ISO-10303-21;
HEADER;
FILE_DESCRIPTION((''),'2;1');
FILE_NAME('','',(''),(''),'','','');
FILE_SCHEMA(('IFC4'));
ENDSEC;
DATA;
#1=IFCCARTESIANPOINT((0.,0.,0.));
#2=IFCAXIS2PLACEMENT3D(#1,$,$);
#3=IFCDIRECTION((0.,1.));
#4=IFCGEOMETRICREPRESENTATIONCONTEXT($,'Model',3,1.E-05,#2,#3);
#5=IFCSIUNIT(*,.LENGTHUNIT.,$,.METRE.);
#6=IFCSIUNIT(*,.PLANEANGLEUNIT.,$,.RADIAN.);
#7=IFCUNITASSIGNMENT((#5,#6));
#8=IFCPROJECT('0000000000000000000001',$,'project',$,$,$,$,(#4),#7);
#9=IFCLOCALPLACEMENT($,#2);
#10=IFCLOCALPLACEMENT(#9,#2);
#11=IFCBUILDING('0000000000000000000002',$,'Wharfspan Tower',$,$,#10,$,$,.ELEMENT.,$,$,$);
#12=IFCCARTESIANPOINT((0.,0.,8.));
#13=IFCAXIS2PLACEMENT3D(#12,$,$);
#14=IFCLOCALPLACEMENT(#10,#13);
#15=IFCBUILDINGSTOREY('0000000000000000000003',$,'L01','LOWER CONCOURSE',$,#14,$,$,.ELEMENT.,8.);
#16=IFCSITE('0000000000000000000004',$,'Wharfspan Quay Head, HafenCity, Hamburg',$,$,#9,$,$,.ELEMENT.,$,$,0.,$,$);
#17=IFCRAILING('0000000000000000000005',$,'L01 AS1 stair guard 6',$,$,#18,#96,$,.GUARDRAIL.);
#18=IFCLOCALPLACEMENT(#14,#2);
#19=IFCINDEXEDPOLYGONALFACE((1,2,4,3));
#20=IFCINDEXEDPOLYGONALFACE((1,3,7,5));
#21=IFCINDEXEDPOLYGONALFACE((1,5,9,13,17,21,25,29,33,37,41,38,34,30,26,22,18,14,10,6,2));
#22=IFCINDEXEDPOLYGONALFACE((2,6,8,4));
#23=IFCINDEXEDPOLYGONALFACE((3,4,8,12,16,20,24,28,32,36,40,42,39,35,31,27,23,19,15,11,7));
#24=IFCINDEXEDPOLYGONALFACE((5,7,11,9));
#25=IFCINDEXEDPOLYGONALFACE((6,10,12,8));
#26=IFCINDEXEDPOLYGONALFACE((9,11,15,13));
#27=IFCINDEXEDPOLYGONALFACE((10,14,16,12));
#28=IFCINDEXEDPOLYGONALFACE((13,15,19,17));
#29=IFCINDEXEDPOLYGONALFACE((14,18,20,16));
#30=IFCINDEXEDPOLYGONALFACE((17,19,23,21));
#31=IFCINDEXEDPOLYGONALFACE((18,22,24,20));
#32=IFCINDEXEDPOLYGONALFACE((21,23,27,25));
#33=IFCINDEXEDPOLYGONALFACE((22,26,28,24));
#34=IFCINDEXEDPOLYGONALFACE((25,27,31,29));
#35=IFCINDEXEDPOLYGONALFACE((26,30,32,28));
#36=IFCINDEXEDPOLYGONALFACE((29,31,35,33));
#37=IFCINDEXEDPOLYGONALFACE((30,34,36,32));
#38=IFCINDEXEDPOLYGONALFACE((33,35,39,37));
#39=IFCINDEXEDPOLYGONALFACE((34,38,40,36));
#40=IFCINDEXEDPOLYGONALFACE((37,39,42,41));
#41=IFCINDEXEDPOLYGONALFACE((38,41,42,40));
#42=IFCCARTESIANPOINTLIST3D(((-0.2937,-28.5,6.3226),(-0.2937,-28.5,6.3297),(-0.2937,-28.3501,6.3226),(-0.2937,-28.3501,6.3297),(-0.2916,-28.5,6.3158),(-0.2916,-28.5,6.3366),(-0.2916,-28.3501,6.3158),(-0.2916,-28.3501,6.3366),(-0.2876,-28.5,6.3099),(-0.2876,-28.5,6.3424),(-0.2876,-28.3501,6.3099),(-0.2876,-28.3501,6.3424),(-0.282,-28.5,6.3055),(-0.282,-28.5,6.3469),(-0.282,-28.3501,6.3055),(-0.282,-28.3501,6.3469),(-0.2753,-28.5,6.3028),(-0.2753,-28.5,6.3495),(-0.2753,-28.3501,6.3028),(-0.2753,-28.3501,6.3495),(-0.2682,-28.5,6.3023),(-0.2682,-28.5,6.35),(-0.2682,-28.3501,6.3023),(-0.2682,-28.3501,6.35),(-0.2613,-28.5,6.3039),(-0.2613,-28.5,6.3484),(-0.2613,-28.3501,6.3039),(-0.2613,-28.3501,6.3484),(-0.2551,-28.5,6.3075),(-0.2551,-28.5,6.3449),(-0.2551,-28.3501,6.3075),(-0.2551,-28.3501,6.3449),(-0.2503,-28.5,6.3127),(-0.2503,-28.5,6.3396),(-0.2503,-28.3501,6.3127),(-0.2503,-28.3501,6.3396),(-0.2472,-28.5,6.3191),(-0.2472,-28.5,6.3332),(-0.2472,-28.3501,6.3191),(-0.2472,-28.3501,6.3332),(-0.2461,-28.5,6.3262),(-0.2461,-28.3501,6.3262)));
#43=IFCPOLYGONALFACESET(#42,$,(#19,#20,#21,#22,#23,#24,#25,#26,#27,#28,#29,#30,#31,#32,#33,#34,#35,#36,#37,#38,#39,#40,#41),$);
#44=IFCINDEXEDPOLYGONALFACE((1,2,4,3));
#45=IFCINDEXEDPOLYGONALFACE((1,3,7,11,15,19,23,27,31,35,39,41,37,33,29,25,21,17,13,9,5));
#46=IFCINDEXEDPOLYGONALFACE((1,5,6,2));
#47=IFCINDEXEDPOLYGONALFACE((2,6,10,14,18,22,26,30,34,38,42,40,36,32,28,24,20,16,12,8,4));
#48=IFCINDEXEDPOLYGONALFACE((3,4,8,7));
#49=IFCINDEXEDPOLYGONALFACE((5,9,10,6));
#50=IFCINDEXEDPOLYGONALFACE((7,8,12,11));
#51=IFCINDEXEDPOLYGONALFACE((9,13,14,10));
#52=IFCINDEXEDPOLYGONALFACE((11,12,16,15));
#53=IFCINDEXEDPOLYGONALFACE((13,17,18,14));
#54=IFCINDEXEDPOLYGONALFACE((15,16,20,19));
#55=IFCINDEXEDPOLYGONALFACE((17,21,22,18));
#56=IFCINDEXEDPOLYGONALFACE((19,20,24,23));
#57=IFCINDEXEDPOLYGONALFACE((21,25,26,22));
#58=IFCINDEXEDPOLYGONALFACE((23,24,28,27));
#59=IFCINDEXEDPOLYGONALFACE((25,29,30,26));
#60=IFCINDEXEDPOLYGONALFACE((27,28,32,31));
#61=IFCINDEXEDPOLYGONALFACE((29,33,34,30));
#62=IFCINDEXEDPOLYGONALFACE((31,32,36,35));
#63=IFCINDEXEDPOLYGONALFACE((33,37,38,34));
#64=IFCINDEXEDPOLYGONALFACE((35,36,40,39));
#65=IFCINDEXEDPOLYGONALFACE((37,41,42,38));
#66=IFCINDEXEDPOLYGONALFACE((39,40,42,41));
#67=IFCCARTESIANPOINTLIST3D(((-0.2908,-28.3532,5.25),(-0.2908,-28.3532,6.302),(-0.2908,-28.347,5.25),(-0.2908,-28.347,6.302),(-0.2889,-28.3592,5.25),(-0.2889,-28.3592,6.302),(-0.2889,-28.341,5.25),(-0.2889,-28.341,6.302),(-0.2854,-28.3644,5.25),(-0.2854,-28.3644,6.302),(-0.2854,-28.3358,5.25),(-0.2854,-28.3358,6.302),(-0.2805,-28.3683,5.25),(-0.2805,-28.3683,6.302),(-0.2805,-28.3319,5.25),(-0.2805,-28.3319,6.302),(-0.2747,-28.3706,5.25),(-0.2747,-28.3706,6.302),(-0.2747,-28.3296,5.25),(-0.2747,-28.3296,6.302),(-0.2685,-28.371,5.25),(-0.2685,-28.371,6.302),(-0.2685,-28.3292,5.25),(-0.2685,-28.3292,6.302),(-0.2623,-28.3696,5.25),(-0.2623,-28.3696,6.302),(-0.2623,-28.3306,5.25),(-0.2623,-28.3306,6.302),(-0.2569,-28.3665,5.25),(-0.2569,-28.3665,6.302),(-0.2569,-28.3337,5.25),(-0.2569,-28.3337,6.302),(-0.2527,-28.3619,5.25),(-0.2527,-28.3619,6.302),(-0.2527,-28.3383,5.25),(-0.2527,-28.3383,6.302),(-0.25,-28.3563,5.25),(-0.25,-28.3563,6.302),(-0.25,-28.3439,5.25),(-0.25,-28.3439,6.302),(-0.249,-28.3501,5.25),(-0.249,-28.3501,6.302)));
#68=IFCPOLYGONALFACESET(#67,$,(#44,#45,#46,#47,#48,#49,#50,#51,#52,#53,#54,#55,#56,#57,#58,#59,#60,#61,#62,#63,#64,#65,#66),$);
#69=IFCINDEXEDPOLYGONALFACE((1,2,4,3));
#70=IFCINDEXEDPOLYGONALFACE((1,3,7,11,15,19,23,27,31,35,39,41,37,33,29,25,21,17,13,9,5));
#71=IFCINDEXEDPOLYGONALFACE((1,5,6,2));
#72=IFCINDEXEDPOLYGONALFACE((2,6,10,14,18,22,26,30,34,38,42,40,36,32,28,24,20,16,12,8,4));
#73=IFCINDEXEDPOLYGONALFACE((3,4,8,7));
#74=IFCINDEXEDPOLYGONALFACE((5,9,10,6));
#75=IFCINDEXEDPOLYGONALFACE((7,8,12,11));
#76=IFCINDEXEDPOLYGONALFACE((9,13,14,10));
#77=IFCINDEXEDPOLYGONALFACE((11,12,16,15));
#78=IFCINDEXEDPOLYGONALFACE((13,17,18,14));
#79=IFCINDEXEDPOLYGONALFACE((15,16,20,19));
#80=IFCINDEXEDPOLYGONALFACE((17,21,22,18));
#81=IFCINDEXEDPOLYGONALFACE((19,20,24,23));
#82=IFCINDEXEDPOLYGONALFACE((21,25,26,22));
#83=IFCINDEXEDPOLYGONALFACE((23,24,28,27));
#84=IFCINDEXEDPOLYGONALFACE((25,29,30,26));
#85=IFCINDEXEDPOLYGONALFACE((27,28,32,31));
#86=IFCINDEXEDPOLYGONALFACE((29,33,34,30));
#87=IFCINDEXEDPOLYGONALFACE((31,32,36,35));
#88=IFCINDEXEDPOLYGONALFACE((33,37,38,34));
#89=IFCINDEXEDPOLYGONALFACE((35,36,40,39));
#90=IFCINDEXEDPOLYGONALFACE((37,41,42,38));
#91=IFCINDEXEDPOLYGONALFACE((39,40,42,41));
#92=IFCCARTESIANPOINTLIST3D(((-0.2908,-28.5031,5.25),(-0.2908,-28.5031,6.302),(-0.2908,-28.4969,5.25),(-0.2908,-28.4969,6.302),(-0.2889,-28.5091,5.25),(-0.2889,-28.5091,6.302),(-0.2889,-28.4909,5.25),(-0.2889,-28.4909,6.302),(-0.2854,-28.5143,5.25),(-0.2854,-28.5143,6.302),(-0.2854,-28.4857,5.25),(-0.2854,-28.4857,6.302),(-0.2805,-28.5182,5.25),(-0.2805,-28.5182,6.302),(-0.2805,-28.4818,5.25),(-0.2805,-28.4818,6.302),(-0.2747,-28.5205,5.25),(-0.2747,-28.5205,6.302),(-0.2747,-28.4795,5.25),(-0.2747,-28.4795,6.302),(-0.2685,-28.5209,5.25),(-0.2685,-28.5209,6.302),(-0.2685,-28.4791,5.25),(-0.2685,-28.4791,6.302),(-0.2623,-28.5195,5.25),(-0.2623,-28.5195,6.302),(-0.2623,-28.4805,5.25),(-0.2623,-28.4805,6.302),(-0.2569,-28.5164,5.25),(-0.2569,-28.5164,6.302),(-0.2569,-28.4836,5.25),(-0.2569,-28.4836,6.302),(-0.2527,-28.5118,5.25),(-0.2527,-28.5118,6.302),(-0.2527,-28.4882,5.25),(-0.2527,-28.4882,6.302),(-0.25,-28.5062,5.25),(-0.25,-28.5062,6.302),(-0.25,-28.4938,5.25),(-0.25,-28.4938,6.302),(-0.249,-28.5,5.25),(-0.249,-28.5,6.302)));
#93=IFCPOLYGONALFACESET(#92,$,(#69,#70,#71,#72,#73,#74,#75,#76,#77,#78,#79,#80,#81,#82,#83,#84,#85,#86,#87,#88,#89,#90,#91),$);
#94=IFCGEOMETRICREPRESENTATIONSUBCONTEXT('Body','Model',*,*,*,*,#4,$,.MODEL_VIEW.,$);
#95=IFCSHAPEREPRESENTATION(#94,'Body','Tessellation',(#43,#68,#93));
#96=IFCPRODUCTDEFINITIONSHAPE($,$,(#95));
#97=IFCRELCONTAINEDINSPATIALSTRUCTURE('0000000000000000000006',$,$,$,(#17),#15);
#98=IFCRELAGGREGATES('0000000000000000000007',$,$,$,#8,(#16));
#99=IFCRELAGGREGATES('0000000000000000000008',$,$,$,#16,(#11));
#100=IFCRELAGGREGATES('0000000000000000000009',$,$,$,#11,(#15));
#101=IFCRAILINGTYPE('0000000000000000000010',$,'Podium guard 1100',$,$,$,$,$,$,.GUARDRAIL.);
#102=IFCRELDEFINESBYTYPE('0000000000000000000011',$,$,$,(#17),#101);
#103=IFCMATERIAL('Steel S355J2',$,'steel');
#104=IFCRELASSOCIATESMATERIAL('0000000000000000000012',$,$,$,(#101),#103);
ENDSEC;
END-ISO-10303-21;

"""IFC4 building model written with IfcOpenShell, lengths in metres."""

from ifc_helpers import new_model, si_unit, direction, frame, origin, origin_2d, place, context, subcontext, project, spatial, circle, extrude, material, type_object, element, save


model = new_model("IFC4")

# Units and contexts
model_context = context("Model", 3, precision=1e-05, world=origin(), true_north=direction((0.0, 1.0)))
body_context = subcontext(model_context, "Body", "Model", "MODEL_VIEW")
ifc_project = project(units=[si_unit("LENGTHUNIT", "METRE"), si_unit("PLANEANGLEUNIT", "RADIAN")], contexts=[model_context])

# Site, building, storey
site_placement = place(None, origin())
site = spatial("IfcSite", under=ifc_project, at=site_placement, Name="Wharfspan Quay Head, HafenCity, Hamburg", CompositionType="ELEMENT", RefElevation=0.0)
building_placement = place(site_placement, origin())
building = spatial("IfcBuilding", under=site, at=building_placement, Name="Wharfspan Tower", CompositionType="ELEMENT")
storey_placement = place(building_placement, frame((0.0, 0.0, 8.0)))
storey = spatial("IfcBuildingStorey", under=building, at=storey_placement, Name="L01", Description="LOWER CONCOURSE", CompositionType="ELEMENT", Elevation=8.0)

# Railing
ifc_material_1 = material(Name="Steel S355J2", Category="steel")
railing_type_1 = type_object("IfcRailingType", Name="Podium guard 1100", PredefinedType="GUARDRAIL", material=ifc_material_1)
railing_1_placement = place(storey_placement, frame((-0.27, -28.3501, 5.25)))
element("IfcRailing", 1, at=railing_1_placement, inside=storey, type_object=railing_type_1, Name="L01 AS1 stair guard 6", PredefinedType="GUARDRAIL", context=body_context, shape_type="SweptSolid", body=[
    extrude(circle(Radius=0.0239, at=origin_2d()), frame((0.0, 0.0, 1.0762), z_axis=(0.0, -1.0, 0.0), x_axis=(1.0, 0.0, 0.0)), (0.0, 0.0, 1.0), 0.1499),
    extrude(circle(Radius=0.021, at=origin_2d()), origin(), (0.0, 0.0, 1.0), 1.052),
    extrude(circle(Radius=0.021, at=origin_2d()), frame((0.0, -0.1499, 0.0)), (0.0, 0.0, 1.0), 1.052),
])

save(model, "model.ifc")
